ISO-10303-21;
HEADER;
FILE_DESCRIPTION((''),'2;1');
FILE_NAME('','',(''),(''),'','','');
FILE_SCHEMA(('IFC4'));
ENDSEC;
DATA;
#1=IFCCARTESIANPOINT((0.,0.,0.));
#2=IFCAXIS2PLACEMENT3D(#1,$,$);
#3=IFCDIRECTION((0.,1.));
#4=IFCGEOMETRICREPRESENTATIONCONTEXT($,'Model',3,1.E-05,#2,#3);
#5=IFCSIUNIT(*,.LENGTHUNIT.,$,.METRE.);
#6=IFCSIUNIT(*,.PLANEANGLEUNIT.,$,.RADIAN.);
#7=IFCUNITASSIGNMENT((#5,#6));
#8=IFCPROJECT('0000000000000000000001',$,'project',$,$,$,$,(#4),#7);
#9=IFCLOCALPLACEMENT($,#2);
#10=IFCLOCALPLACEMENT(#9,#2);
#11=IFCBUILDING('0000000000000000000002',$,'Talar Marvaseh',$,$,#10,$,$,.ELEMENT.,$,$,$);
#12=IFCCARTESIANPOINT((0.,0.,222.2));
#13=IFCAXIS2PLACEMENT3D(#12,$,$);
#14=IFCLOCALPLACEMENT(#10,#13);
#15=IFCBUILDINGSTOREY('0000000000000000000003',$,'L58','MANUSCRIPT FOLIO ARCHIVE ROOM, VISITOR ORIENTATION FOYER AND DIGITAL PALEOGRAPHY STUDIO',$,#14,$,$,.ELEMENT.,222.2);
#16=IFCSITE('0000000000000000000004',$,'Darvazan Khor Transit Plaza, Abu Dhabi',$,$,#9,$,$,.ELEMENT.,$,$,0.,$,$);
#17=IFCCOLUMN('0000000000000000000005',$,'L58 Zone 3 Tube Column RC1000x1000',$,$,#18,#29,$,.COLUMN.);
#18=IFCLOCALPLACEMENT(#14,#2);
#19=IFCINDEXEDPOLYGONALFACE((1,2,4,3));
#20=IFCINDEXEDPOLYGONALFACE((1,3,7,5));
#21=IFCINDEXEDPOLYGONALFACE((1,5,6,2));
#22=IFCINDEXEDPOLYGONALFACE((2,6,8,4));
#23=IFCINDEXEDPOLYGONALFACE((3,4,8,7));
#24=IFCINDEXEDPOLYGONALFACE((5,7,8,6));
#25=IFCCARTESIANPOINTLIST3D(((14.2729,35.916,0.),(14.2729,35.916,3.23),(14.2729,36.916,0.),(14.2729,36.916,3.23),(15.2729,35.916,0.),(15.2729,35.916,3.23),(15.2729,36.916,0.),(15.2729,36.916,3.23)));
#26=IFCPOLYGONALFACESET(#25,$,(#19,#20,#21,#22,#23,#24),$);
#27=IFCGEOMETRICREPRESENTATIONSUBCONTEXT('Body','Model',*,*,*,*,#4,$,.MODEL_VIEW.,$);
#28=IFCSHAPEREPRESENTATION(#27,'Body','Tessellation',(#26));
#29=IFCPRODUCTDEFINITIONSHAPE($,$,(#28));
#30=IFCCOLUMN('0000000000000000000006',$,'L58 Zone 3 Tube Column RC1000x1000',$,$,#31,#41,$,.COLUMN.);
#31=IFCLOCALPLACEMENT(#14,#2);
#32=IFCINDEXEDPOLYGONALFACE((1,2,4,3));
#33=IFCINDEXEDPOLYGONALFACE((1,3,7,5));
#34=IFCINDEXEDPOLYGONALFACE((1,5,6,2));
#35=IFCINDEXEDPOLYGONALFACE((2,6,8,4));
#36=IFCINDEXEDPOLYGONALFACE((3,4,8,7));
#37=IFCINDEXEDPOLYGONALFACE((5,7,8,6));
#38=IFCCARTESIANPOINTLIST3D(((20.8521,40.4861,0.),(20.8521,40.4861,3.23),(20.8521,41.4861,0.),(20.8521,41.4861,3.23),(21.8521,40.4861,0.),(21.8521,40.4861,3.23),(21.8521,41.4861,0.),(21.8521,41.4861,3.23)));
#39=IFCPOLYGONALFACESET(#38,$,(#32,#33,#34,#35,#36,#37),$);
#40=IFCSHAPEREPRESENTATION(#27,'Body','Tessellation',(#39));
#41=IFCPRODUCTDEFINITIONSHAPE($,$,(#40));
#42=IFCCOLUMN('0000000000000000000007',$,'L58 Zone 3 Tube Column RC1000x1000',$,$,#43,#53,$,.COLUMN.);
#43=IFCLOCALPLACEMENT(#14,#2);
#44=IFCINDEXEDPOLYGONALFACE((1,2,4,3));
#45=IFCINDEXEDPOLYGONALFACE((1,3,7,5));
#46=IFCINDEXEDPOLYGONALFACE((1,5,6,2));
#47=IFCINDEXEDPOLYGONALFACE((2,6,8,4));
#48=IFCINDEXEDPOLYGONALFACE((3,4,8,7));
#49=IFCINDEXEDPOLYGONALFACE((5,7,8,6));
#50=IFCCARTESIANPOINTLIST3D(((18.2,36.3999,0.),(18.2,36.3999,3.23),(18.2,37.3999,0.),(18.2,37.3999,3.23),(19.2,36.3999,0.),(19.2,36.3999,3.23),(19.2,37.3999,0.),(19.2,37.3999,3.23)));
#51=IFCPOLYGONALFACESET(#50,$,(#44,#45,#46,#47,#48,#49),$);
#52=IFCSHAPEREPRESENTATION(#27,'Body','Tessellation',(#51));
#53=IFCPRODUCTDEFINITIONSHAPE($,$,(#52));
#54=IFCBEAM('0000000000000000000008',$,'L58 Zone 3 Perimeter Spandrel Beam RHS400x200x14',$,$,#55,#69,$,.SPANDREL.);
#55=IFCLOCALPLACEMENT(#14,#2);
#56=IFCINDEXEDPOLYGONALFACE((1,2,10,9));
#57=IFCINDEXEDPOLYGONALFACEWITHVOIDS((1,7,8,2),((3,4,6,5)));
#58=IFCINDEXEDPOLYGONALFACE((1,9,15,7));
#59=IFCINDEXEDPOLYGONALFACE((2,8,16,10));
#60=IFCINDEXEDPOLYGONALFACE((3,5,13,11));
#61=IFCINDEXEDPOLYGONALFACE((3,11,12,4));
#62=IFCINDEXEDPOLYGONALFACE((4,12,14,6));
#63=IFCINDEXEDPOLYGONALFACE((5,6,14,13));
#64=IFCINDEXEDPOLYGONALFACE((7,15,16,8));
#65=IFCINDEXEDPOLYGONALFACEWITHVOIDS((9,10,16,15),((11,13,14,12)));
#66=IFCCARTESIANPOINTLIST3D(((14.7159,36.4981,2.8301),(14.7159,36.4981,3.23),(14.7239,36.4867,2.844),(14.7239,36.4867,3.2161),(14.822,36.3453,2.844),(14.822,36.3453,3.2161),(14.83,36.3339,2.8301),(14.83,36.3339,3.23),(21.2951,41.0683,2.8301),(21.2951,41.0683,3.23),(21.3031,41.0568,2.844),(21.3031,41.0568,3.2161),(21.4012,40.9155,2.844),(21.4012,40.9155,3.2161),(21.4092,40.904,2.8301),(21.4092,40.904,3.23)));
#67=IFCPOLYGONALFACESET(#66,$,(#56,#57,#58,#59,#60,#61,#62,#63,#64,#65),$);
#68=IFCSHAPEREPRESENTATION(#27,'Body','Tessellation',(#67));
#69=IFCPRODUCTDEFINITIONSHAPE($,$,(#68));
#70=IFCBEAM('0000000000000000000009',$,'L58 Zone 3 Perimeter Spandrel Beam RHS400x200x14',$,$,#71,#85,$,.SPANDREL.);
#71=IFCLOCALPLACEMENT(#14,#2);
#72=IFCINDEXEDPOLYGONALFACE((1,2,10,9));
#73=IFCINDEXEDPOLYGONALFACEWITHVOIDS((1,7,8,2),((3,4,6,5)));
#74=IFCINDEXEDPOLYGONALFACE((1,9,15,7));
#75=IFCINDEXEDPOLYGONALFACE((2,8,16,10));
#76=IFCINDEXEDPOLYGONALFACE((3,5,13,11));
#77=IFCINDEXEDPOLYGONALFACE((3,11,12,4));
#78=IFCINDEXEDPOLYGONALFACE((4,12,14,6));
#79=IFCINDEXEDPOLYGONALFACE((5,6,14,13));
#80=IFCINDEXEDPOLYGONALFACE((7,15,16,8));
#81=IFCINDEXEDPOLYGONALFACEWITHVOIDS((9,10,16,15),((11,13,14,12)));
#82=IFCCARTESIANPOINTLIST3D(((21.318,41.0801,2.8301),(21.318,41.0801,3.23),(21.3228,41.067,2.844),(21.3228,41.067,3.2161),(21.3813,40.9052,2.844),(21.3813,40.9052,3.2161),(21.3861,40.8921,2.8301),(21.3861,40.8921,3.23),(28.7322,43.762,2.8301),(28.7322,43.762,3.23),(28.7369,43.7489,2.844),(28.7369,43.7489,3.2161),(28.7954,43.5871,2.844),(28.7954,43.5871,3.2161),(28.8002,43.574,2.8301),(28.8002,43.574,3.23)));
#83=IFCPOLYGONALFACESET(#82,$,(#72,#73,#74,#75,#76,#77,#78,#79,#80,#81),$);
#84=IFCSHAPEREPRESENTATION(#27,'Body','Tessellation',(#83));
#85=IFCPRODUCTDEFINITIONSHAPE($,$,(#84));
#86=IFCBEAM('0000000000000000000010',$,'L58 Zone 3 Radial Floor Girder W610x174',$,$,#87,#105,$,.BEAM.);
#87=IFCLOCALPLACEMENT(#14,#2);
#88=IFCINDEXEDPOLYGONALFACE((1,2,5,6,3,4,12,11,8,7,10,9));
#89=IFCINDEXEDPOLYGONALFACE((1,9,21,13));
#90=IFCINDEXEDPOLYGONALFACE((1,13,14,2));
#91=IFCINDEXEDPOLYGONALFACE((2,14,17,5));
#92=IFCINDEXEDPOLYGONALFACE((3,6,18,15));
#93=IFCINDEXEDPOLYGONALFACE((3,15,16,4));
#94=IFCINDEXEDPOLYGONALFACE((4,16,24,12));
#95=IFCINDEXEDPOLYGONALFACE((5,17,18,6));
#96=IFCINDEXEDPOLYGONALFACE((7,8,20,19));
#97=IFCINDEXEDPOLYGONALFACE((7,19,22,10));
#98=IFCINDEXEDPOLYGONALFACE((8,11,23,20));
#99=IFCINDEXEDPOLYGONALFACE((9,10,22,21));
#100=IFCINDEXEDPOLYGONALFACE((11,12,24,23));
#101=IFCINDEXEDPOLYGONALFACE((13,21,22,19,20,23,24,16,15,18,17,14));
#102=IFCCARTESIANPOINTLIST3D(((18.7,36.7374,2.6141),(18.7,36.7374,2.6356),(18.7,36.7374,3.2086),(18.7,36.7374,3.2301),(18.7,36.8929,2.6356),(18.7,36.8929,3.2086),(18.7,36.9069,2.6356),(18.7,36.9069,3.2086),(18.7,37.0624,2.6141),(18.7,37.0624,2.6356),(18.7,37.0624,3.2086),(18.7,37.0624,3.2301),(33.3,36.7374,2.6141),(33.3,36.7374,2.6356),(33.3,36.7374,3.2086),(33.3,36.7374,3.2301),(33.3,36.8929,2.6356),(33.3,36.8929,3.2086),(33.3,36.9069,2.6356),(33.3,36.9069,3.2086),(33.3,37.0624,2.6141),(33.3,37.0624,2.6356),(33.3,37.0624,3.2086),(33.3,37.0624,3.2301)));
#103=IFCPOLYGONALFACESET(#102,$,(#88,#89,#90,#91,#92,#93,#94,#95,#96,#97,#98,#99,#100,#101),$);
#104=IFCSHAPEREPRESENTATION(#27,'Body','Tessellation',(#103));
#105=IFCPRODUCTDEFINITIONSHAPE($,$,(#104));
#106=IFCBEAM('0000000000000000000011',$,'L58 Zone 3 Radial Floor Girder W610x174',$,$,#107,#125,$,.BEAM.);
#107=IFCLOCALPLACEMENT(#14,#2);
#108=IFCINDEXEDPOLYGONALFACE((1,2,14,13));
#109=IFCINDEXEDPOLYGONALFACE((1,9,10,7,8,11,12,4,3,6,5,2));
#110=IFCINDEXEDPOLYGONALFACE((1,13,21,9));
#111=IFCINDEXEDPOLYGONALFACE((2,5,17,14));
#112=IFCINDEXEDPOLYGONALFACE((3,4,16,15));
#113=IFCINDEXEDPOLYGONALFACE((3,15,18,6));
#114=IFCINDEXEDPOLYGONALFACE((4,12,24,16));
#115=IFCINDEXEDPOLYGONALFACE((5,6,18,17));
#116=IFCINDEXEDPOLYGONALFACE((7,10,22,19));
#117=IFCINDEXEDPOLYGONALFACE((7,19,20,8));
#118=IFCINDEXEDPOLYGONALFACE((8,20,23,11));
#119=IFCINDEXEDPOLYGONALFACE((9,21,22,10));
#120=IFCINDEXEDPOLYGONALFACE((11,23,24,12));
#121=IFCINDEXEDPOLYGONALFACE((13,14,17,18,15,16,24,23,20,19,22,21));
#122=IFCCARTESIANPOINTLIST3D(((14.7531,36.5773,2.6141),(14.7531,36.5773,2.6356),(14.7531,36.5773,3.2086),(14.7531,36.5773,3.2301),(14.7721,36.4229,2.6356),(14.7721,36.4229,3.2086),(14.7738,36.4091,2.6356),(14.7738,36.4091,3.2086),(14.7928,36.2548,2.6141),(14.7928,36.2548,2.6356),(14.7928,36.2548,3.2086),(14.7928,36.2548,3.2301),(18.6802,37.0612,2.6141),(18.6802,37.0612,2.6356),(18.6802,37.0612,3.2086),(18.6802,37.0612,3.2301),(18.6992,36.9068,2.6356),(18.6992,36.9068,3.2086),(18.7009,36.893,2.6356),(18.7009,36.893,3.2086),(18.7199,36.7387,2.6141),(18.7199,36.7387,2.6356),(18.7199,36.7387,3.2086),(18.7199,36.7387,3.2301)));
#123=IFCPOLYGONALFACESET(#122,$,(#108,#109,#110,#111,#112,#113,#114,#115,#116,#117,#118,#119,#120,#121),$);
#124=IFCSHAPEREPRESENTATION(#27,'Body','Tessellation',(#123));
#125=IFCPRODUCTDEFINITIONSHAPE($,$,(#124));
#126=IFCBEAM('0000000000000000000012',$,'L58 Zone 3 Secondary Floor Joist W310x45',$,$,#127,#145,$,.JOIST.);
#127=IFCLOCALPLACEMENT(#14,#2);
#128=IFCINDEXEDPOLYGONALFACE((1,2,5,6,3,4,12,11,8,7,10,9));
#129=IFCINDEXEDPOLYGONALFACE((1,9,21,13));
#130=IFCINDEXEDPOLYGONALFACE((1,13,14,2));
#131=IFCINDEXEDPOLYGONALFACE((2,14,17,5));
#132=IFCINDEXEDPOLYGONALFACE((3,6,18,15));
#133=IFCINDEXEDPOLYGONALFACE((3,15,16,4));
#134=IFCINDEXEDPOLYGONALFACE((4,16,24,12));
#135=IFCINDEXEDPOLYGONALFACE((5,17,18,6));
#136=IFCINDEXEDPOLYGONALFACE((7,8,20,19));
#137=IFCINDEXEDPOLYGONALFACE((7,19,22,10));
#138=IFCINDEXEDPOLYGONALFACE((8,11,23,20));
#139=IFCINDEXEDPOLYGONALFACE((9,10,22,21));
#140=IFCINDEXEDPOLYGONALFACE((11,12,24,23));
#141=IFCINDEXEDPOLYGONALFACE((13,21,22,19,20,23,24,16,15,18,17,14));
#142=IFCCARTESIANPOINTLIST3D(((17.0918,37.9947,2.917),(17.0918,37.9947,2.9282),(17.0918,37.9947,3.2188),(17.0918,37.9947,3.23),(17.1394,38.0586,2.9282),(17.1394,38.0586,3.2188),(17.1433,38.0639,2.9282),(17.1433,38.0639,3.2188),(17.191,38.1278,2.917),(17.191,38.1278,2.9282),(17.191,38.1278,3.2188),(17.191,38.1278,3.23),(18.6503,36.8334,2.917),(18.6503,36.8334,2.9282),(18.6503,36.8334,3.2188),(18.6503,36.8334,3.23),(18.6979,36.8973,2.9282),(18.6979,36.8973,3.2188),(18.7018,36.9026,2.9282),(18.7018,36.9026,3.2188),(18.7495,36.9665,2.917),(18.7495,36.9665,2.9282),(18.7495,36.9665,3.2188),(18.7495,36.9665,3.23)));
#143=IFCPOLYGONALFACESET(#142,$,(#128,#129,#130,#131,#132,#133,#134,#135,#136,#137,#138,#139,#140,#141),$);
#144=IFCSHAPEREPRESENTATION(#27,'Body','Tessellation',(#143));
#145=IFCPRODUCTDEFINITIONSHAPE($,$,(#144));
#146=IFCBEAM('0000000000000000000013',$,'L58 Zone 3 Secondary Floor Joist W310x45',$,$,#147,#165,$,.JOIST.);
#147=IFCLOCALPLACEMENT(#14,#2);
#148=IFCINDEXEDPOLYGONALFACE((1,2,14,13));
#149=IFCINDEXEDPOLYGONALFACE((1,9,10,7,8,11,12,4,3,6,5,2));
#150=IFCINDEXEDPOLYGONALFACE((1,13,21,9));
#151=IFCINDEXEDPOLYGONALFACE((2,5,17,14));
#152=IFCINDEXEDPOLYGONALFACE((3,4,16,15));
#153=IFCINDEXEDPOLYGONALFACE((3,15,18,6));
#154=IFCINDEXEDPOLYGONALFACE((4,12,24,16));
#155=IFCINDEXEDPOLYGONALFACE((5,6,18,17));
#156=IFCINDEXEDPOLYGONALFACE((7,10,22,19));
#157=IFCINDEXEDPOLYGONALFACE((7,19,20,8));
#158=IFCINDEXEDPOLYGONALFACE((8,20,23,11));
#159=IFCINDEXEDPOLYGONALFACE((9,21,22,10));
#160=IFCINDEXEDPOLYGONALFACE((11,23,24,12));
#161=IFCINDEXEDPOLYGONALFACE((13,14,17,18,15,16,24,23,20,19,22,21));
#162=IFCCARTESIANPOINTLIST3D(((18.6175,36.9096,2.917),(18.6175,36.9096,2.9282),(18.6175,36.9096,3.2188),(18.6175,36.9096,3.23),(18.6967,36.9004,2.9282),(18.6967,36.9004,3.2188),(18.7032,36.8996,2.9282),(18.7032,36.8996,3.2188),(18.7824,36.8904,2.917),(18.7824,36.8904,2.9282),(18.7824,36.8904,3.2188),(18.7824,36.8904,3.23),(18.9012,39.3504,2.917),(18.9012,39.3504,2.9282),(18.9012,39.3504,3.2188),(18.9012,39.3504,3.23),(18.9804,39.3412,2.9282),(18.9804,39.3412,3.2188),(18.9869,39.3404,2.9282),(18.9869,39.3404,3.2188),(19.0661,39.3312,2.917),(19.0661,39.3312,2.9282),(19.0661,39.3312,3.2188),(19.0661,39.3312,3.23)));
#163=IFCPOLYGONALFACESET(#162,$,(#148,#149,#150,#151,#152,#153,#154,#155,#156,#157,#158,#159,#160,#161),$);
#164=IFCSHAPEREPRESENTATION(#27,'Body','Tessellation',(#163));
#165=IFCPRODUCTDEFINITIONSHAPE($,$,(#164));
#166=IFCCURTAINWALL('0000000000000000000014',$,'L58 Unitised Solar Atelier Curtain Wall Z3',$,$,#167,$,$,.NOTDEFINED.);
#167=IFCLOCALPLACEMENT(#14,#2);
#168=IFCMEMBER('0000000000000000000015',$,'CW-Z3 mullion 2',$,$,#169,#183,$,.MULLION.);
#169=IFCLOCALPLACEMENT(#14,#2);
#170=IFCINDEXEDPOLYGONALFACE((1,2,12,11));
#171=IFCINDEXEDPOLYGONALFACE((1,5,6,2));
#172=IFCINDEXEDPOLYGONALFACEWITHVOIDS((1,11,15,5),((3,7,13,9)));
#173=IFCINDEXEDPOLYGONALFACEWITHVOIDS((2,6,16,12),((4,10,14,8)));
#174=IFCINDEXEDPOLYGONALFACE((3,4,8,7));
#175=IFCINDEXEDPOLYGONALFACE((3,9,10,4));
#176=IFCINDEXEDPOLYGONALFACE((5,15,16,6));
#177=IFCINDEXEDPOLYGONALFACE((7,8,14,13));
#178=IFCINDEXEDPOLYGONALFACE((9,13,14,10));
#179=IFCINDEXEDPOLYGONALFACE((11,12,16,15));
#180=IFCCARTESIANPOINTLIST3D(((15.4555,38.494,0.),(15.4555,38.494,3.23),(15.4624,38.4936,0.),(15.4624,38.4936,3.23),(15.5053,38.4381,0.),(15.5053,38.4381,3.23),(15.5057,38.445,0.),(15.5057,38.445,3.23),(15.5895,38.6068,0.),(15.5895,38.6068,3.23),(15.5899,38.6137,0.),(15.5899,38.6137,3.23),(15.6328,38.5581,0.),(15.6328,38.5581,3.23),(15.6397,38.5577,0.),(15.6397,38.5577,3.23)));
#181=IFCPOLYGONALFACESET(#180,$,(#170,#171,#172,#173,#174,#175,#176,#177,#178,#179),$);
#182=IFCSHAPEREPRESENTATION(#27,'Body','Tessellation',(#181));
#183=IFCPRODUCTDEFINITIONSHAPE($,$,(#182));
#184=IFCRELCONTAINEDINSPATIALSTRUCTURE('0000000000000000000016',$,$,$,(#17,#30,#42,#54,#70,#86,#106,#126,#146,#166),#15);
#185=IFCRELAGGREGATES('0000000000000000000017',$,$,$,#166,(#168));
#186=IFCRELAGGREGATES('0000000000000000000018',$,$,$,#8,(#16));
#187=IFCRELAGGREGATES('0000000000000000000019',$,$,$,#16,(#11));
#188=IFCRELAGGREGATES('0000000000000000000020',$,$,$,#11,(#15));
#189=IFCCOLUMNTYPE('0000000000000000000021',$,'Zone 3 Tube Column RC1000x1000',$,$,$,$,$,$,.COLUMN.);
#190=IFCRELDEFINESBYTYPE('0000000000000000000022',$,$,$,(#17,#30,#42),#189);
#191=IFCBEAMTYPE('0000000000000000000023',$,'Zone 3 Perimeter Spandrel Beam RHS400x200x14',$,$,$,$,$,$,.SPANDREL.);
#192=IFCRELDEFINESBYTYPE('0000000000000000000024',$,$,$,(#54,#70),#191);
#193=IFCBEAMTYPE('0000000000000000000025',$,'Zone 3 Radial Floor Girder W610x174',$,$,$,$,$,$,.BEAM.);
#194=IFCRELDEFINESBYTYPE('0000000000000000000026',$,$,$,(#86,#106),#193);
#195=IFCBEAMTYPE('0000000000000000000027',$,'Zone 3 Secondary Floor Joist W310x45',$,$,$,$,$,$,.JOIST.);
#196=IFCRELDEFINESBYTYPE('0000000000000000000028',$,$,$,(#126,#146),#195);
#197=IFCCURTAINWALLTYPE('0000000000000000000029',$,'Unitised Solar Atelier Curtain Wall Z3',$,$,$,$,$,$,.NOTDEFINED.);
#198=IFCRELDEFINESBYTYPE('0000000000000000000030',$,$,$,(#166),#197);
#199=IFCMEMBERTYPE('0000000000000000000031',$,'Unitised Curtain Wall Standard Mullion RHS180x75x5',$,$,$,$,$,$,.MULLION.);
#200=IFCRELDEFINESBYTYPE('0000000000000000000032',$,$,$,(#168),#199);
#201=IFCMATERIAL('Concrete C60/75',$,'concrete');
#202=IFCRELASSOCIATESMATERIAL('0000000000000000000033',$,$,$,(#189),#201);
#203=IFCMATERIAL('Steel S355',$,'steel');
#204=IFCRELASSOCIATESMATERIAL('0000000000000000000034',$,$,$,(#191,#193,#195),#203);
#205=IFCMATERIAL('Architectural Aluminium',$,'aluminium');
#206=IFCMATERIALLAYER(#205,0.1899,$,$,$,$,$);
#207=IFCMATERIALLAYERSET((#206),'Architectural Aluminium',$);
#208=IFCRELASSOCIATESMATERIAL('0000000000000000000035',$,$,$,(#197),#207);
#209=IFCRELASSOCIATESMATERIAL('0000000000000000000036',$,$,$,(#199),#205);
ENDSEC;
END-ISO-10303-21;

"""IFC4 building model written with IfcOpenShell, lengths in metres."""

from ifc_helpers import new_model, si_unit, direction, frame, origin, origin_2d, place, context, subcontext, project, spatial, rectangle, hollow_rectangle, i_section, extrude, source, transform, mapped, material, layer, layer_set, material_profile, profile_set, type_object, type_shapes, element, aggregate, save


model = new_model("IFC4")

# Units and contexts
model_context = context("Model", 3, precision=1e-05, world=origin(), true_north=direction((0.0, 1.0)))
body_context = subcontext(model_context, "Body", "Model", "MODEL_VIEW")
ifc_project = project(units=[si_unit("LENGTHUNIT", "METRE"), si_unit("PLANEANGLEUNIT", "RADIAN")], contexts=[model_context])

# Site, building, storey
site_placement = place(None, origin())
site = spatial("IfcSite", under=ifc_project, at=site_placement, Name="Darvazan Khor Transit Plaza, Abu Dhabi", CompositionType="ELEMENT", RefElevation=0.0)
building_placement = place(site_placement, origin())
building = spatial("IfcBuilding", under=site, at=building_placement, Name="Talar Marvaseh", CompositionType="ELEMENT")
storey_placement = place(building_placement, frame((0.0, 0.0, 222.2)))
storey = spatial("IfcBuildingStorey", under=building, at=storey_placement, Name="L58", Description="MANUSCRIPT FOLIO ARCHIVE ROOM, VISITOR ORIENTATION FOYER AND DIGITAL PALEOGRAPHY STUDIO", CompositionType="ELEMENT", Elevation=222.2)

# Columns
ifc_material_1 = material(Name="Concrete C60/75", Category="concrete")
ifc_material_profile_1 = material_profile(ifc_material_1, rectangle(XDim=1.0, YDim=1.0, at=origin_2d()), Name="RC1000x1000")
ifc_profile_set_1 = profile_set([ifc_material_profile_1], Name="Concrete C60/75")
column_type = type_object("IfcColumnType", Name="Zone 3 Tube Column RC1000x1000", PredefinedType="COLUMN", material=ifc_profile_set_1)
for number, where, z_axis, x_axis, name in (
    (1, (14.7729, 36.416, 0.0), (0.0, 0.0, 1.0), (1.0, 0.0, 0.0), "L58 Zone 3 Tube Column RC1000x1000"),
    (2, (21.3521, 40.9861, 0.0), (0.0, 0.0, 1.0), (1.0, 0.0, 0.0), "L58 Zone 3 Tube Column RC1000x1000"),
    (3, (18.7, 36.8999, 0.0), (0.0, 0.0, 1.0), (1.0, 0.0, 0.0), "L58 Zone 3 Tube Column RC1000x1000"),
):
    element("IfcColumn", number, at=place(storey_placement, frame(where, z_axis=z_axis, x_axis=x_axis)), inside=storey, type_object=column_type, Name=name, PredefinedType="COLUMN", context=body_context, shape_type="SweptSolid", body=[
        extrude(rectangle(XDim=1.0, YDim=1.0, at=origin_2d()), origin(), (0.0, 0.0, 1.0), 3.23),
    ])

# Beams
ifc_material_2 = material(Name="Steel S355", Category="steel")
ifc_material_profile_2 = material_profile(ifc_material_2, hollow_rectangle(XDim=0.2, YDim=0.3999, WallThickness=0.0139, at=origin_2d()), Name="RHS400x200x14")
ifc_profile_set_2 = profile_set([ifc_material_profile_2], Name="Steel S355")
beam_type_1 = type_object("IfcBeamType", Name="Zone 3 Perimeter Spandrel Beam RHS400x200x14", PredefinedType="SPANDREL", material=ifc_profile_set_2)
beam_1_placement = place(storey_placement, frame((14.7729, 36.416, 3.03), z_axis=(0.821297, 0.570501, 0.0), x_axis=(-0.570501, 0.821297, 0.0)))
element("IfcBeam", 4, at=beam_1_placement, inside=storey, type_object=beam_type_1, Name="L58 Zone 3 Perimeter Spandrel Beam RHS400x200x14", PredefinedType="SPANDREL", context=body_context, shape_type="SweptSolid", body=[
    extrude(hollow_rectangle(XDim=0.2, YDim=0.3999, WallThickness=0.0139, at=origin_2d()), origin(), (0.0, 0.0, 1.0), 8.0107),
])
beam_2_placement = place(storey_placement, frame((21.3521, 40.9861, 3.03), z_axis=(0.940368, 0.340159, 0.0), x_axis=(-0.340159, 0.940368, 0.0)))
element("IfcBeam", 5, at=beam_2_placement, inside=storey, type_object=beam_type_1, Name="L58 Zone 3 Perimeter Spandrel Beam RHS400x200x14", PredefinedType="SPANDREL", context=body_context, shape_type="SweptSolid", body=[
    extrude(hollow_rectangle(XDim=0.2, YDim=0.3999, WallThickness=0.0139, at=origin_2d()), origin(), (0.0, 0.0, 1.0), 7.8843),
])
ifc_material_profile_3 = material_profile(ifc_material_2, i_section(OverallWidth=0.325, OverallDepth=0.616, WebThickness=0.0139, FlangeThickness=0.0215, at=origin_2d()), Name="W610x174")
ifc_profile_set_3 = profile_set([ifc_material_profile_3], Name="Steel S355")
beam_type_2 = type_object("IfcBeamType", Name="Zone 3 Radial Floor Girder W610x174", PredefinedType="BEAM", material=ifc_profile_set_3)
beam_3_placement = place(storey_placement, frame((18.7, 36.8999, 2.9221), z_axis=(1.0, 0.0, 0.0), x_axis=(0.0, 1.0, 0.0)))
element("IfcBeam", 6, at=beam_3_placement, inside=storey, type_object=beam_type_2, Name="L58 Zone 3 Radial Floor Girder W610x174", PredefinedType="BEAM", context=body_context, shape_type="SweptSolid", body=[
    extrude(i_section(OverallWidth=0.325, OverallDepth=0.616, WebThickness=0.0139, FlangeThickness=0.0215, at=origin_2d()), origin(), (0.0, 0.0, 1.0), 14.6001),
])
beam_4_placement = place(storey_placement, frame((14.7729, 36.416, 2.9221), z_axis=(0.992494, 0.122295, 0.0), x_axis=(-0.122295, 0.992494, 0.0)))
element("IfcBeam", 7, at=beam_4_placement, inside=storey, type_object=beam_type_2, Name="L58 Zone 3 Radial Floor Girder W610x174", PredefinedType="BEAM", context=body_context, shape_type="SweptSolid", body=[
    extrude(i_section(OverallWidth=0.325, OverallDepth=0.616, WebThickness=0.0139, FlangeThickness=0.0215, at=origin_2d()), origin(), (0.0, 0.0, 1.0), 3.9568),
])
ifc_material_profile_4 = material_profile(ifc_material_2, i_section(OverallWidth=0.166, OverallDepth=0.313, WebThickness=0.0066, FlangeThickness=0.0112, at=origin_2d()), Name="W310x45")
ifc_profile_set_4 = profile_set([ifc_material_profile_4], Name="Steel S355")
beam_type_3 = type_object("IfcBeamType", Name="Zone 3 Secondary Floor Joist W310x45", PredefinedType="JOIST", material=ifc_profile_set_4)
beam_5_placement = place(storey_placement, frame((17.1414, 38.0613, 3.0735), z_axis=(0.801865, -0.597505, 0.0), x_axis=(0.597505, 0.801865, 0.0)))
element("IfcBeam", 8, at=beam_5_placement, inside=storey, type_object=beam_type_3, Name="L58 Zone 3 Secondary Floor Joist W310x45", PredefinedType="JOIST", context=body_context, shape_type="SweptSolid", body=[
    extrude(i_section(OverallWidth=0.166, OverallDepth=0.313, WebThickness=0.0066, FlangeThickness=0.0112, at=origin_2d()), origin(), (0.0, 0.0, 1.0), 1.9436),
])
beam_6_placement = place(storey_placement, frame((18.9836, 39.3408, 3.0735), z_axis=(-0.115446, -0.993314, 0.0), x_axis=(0.993314, -0.115446, 0.0)))
element("IfcBeam", 9, at=beam_6_placement, inside=storey, type_object=beam_type_3, Name="L58 Zone 3 Secondary Floor Joist W310x45", PredefinedType="JOIST", context=body_context, shape_type="SweptSolid", body=[
    extrude(i_section(OverallWidth=0.166, OverallDepth=0.313, WebThickness=0.0066, FlangeThickness=0.0112, at=origin_2d()), origin(), (0.0, 0.0, 1.0), 2.4573),
])

# Curtain wall, member
ifc_material_3 = material(Name="Architectural Aluminium", Category="aluminium")
ifc_layer_1 = layer(ifc_material_3, 0.1899)
ifc_layer_set_1 = layer_set([ifc_layer_1], Name="Architectural Aluminium")
curtain_wall_type = type_object("IfcCurtainWallType", Name="Unitised Solar Atelier Curtain Wall Z3", PredefinedType="NOTDEFINED", material=ifc_layer_set_1)
curtain_wall_placement = place(storey_placement, origin())
curtain_wall = element("IfcCurtainWall", 10, at=curtain_wall_placement, inside=storey, type_object=curtain_wall_type, Name="L58 Unitised Solar Atelier Curtain Wall Z3", PredefinedType="NOTDEFINED")
ifc_material_profile_5 = material_profile(ifc_material_3, hollow_rectangle(XDim=0.075, YDim=0.1799, WallThickness=0.0049, at=origin_2d()), Name="RHS180x75x5")
ifc_profile_set_5 = profile_set([ifc_material_profile_5], Name="Architectural Aluminium")
member_type_1 = type_object("IfcMemberType", Name="Unitised Curtain Wall Standard Mullion RHS180x75x5", PredefinedType="MULLION", material=ifc_profile_set_5)
shared_shape_1 = source(origin(), body_context, "Body", "SweptSolid", [
    extrude(hollow_rectangle(XDim=0.075, YDim=0.1799, WallThickness=0.0049, at=origin_2d()), origin(), (0.0, 0.0, 1.0), 3.23),
])
type_shapes(member_type_1, [shared_shape_1])
member_1_placement = place(storey_placement, frame((15.5476, 38.5259, 0.0), z_axis=(0.0, 0.0, 1.0), x_axis=(-0.664998, 0.746845, 0.0)))
member_1 = element("IfcMember", 11, at=member_1_placement, type_object=member_type_1, Name="CW-Z3 mullion 2", PredefinedType="MULLION", context=body_context, shape_type="MappedRepresentation", body=[
    mapped(shared_shape_1, transform((0.0, 0.0, 0.0), x_axis=(1.0, 0.0, 0.0), y_axis=(0.0, 1.0, 0.0), z_axis=(0.0, 0.0, 1.0), scale=1.0)),
])
aggregate(curtain_wall, [member_1])

save(model, "model.ifc")
